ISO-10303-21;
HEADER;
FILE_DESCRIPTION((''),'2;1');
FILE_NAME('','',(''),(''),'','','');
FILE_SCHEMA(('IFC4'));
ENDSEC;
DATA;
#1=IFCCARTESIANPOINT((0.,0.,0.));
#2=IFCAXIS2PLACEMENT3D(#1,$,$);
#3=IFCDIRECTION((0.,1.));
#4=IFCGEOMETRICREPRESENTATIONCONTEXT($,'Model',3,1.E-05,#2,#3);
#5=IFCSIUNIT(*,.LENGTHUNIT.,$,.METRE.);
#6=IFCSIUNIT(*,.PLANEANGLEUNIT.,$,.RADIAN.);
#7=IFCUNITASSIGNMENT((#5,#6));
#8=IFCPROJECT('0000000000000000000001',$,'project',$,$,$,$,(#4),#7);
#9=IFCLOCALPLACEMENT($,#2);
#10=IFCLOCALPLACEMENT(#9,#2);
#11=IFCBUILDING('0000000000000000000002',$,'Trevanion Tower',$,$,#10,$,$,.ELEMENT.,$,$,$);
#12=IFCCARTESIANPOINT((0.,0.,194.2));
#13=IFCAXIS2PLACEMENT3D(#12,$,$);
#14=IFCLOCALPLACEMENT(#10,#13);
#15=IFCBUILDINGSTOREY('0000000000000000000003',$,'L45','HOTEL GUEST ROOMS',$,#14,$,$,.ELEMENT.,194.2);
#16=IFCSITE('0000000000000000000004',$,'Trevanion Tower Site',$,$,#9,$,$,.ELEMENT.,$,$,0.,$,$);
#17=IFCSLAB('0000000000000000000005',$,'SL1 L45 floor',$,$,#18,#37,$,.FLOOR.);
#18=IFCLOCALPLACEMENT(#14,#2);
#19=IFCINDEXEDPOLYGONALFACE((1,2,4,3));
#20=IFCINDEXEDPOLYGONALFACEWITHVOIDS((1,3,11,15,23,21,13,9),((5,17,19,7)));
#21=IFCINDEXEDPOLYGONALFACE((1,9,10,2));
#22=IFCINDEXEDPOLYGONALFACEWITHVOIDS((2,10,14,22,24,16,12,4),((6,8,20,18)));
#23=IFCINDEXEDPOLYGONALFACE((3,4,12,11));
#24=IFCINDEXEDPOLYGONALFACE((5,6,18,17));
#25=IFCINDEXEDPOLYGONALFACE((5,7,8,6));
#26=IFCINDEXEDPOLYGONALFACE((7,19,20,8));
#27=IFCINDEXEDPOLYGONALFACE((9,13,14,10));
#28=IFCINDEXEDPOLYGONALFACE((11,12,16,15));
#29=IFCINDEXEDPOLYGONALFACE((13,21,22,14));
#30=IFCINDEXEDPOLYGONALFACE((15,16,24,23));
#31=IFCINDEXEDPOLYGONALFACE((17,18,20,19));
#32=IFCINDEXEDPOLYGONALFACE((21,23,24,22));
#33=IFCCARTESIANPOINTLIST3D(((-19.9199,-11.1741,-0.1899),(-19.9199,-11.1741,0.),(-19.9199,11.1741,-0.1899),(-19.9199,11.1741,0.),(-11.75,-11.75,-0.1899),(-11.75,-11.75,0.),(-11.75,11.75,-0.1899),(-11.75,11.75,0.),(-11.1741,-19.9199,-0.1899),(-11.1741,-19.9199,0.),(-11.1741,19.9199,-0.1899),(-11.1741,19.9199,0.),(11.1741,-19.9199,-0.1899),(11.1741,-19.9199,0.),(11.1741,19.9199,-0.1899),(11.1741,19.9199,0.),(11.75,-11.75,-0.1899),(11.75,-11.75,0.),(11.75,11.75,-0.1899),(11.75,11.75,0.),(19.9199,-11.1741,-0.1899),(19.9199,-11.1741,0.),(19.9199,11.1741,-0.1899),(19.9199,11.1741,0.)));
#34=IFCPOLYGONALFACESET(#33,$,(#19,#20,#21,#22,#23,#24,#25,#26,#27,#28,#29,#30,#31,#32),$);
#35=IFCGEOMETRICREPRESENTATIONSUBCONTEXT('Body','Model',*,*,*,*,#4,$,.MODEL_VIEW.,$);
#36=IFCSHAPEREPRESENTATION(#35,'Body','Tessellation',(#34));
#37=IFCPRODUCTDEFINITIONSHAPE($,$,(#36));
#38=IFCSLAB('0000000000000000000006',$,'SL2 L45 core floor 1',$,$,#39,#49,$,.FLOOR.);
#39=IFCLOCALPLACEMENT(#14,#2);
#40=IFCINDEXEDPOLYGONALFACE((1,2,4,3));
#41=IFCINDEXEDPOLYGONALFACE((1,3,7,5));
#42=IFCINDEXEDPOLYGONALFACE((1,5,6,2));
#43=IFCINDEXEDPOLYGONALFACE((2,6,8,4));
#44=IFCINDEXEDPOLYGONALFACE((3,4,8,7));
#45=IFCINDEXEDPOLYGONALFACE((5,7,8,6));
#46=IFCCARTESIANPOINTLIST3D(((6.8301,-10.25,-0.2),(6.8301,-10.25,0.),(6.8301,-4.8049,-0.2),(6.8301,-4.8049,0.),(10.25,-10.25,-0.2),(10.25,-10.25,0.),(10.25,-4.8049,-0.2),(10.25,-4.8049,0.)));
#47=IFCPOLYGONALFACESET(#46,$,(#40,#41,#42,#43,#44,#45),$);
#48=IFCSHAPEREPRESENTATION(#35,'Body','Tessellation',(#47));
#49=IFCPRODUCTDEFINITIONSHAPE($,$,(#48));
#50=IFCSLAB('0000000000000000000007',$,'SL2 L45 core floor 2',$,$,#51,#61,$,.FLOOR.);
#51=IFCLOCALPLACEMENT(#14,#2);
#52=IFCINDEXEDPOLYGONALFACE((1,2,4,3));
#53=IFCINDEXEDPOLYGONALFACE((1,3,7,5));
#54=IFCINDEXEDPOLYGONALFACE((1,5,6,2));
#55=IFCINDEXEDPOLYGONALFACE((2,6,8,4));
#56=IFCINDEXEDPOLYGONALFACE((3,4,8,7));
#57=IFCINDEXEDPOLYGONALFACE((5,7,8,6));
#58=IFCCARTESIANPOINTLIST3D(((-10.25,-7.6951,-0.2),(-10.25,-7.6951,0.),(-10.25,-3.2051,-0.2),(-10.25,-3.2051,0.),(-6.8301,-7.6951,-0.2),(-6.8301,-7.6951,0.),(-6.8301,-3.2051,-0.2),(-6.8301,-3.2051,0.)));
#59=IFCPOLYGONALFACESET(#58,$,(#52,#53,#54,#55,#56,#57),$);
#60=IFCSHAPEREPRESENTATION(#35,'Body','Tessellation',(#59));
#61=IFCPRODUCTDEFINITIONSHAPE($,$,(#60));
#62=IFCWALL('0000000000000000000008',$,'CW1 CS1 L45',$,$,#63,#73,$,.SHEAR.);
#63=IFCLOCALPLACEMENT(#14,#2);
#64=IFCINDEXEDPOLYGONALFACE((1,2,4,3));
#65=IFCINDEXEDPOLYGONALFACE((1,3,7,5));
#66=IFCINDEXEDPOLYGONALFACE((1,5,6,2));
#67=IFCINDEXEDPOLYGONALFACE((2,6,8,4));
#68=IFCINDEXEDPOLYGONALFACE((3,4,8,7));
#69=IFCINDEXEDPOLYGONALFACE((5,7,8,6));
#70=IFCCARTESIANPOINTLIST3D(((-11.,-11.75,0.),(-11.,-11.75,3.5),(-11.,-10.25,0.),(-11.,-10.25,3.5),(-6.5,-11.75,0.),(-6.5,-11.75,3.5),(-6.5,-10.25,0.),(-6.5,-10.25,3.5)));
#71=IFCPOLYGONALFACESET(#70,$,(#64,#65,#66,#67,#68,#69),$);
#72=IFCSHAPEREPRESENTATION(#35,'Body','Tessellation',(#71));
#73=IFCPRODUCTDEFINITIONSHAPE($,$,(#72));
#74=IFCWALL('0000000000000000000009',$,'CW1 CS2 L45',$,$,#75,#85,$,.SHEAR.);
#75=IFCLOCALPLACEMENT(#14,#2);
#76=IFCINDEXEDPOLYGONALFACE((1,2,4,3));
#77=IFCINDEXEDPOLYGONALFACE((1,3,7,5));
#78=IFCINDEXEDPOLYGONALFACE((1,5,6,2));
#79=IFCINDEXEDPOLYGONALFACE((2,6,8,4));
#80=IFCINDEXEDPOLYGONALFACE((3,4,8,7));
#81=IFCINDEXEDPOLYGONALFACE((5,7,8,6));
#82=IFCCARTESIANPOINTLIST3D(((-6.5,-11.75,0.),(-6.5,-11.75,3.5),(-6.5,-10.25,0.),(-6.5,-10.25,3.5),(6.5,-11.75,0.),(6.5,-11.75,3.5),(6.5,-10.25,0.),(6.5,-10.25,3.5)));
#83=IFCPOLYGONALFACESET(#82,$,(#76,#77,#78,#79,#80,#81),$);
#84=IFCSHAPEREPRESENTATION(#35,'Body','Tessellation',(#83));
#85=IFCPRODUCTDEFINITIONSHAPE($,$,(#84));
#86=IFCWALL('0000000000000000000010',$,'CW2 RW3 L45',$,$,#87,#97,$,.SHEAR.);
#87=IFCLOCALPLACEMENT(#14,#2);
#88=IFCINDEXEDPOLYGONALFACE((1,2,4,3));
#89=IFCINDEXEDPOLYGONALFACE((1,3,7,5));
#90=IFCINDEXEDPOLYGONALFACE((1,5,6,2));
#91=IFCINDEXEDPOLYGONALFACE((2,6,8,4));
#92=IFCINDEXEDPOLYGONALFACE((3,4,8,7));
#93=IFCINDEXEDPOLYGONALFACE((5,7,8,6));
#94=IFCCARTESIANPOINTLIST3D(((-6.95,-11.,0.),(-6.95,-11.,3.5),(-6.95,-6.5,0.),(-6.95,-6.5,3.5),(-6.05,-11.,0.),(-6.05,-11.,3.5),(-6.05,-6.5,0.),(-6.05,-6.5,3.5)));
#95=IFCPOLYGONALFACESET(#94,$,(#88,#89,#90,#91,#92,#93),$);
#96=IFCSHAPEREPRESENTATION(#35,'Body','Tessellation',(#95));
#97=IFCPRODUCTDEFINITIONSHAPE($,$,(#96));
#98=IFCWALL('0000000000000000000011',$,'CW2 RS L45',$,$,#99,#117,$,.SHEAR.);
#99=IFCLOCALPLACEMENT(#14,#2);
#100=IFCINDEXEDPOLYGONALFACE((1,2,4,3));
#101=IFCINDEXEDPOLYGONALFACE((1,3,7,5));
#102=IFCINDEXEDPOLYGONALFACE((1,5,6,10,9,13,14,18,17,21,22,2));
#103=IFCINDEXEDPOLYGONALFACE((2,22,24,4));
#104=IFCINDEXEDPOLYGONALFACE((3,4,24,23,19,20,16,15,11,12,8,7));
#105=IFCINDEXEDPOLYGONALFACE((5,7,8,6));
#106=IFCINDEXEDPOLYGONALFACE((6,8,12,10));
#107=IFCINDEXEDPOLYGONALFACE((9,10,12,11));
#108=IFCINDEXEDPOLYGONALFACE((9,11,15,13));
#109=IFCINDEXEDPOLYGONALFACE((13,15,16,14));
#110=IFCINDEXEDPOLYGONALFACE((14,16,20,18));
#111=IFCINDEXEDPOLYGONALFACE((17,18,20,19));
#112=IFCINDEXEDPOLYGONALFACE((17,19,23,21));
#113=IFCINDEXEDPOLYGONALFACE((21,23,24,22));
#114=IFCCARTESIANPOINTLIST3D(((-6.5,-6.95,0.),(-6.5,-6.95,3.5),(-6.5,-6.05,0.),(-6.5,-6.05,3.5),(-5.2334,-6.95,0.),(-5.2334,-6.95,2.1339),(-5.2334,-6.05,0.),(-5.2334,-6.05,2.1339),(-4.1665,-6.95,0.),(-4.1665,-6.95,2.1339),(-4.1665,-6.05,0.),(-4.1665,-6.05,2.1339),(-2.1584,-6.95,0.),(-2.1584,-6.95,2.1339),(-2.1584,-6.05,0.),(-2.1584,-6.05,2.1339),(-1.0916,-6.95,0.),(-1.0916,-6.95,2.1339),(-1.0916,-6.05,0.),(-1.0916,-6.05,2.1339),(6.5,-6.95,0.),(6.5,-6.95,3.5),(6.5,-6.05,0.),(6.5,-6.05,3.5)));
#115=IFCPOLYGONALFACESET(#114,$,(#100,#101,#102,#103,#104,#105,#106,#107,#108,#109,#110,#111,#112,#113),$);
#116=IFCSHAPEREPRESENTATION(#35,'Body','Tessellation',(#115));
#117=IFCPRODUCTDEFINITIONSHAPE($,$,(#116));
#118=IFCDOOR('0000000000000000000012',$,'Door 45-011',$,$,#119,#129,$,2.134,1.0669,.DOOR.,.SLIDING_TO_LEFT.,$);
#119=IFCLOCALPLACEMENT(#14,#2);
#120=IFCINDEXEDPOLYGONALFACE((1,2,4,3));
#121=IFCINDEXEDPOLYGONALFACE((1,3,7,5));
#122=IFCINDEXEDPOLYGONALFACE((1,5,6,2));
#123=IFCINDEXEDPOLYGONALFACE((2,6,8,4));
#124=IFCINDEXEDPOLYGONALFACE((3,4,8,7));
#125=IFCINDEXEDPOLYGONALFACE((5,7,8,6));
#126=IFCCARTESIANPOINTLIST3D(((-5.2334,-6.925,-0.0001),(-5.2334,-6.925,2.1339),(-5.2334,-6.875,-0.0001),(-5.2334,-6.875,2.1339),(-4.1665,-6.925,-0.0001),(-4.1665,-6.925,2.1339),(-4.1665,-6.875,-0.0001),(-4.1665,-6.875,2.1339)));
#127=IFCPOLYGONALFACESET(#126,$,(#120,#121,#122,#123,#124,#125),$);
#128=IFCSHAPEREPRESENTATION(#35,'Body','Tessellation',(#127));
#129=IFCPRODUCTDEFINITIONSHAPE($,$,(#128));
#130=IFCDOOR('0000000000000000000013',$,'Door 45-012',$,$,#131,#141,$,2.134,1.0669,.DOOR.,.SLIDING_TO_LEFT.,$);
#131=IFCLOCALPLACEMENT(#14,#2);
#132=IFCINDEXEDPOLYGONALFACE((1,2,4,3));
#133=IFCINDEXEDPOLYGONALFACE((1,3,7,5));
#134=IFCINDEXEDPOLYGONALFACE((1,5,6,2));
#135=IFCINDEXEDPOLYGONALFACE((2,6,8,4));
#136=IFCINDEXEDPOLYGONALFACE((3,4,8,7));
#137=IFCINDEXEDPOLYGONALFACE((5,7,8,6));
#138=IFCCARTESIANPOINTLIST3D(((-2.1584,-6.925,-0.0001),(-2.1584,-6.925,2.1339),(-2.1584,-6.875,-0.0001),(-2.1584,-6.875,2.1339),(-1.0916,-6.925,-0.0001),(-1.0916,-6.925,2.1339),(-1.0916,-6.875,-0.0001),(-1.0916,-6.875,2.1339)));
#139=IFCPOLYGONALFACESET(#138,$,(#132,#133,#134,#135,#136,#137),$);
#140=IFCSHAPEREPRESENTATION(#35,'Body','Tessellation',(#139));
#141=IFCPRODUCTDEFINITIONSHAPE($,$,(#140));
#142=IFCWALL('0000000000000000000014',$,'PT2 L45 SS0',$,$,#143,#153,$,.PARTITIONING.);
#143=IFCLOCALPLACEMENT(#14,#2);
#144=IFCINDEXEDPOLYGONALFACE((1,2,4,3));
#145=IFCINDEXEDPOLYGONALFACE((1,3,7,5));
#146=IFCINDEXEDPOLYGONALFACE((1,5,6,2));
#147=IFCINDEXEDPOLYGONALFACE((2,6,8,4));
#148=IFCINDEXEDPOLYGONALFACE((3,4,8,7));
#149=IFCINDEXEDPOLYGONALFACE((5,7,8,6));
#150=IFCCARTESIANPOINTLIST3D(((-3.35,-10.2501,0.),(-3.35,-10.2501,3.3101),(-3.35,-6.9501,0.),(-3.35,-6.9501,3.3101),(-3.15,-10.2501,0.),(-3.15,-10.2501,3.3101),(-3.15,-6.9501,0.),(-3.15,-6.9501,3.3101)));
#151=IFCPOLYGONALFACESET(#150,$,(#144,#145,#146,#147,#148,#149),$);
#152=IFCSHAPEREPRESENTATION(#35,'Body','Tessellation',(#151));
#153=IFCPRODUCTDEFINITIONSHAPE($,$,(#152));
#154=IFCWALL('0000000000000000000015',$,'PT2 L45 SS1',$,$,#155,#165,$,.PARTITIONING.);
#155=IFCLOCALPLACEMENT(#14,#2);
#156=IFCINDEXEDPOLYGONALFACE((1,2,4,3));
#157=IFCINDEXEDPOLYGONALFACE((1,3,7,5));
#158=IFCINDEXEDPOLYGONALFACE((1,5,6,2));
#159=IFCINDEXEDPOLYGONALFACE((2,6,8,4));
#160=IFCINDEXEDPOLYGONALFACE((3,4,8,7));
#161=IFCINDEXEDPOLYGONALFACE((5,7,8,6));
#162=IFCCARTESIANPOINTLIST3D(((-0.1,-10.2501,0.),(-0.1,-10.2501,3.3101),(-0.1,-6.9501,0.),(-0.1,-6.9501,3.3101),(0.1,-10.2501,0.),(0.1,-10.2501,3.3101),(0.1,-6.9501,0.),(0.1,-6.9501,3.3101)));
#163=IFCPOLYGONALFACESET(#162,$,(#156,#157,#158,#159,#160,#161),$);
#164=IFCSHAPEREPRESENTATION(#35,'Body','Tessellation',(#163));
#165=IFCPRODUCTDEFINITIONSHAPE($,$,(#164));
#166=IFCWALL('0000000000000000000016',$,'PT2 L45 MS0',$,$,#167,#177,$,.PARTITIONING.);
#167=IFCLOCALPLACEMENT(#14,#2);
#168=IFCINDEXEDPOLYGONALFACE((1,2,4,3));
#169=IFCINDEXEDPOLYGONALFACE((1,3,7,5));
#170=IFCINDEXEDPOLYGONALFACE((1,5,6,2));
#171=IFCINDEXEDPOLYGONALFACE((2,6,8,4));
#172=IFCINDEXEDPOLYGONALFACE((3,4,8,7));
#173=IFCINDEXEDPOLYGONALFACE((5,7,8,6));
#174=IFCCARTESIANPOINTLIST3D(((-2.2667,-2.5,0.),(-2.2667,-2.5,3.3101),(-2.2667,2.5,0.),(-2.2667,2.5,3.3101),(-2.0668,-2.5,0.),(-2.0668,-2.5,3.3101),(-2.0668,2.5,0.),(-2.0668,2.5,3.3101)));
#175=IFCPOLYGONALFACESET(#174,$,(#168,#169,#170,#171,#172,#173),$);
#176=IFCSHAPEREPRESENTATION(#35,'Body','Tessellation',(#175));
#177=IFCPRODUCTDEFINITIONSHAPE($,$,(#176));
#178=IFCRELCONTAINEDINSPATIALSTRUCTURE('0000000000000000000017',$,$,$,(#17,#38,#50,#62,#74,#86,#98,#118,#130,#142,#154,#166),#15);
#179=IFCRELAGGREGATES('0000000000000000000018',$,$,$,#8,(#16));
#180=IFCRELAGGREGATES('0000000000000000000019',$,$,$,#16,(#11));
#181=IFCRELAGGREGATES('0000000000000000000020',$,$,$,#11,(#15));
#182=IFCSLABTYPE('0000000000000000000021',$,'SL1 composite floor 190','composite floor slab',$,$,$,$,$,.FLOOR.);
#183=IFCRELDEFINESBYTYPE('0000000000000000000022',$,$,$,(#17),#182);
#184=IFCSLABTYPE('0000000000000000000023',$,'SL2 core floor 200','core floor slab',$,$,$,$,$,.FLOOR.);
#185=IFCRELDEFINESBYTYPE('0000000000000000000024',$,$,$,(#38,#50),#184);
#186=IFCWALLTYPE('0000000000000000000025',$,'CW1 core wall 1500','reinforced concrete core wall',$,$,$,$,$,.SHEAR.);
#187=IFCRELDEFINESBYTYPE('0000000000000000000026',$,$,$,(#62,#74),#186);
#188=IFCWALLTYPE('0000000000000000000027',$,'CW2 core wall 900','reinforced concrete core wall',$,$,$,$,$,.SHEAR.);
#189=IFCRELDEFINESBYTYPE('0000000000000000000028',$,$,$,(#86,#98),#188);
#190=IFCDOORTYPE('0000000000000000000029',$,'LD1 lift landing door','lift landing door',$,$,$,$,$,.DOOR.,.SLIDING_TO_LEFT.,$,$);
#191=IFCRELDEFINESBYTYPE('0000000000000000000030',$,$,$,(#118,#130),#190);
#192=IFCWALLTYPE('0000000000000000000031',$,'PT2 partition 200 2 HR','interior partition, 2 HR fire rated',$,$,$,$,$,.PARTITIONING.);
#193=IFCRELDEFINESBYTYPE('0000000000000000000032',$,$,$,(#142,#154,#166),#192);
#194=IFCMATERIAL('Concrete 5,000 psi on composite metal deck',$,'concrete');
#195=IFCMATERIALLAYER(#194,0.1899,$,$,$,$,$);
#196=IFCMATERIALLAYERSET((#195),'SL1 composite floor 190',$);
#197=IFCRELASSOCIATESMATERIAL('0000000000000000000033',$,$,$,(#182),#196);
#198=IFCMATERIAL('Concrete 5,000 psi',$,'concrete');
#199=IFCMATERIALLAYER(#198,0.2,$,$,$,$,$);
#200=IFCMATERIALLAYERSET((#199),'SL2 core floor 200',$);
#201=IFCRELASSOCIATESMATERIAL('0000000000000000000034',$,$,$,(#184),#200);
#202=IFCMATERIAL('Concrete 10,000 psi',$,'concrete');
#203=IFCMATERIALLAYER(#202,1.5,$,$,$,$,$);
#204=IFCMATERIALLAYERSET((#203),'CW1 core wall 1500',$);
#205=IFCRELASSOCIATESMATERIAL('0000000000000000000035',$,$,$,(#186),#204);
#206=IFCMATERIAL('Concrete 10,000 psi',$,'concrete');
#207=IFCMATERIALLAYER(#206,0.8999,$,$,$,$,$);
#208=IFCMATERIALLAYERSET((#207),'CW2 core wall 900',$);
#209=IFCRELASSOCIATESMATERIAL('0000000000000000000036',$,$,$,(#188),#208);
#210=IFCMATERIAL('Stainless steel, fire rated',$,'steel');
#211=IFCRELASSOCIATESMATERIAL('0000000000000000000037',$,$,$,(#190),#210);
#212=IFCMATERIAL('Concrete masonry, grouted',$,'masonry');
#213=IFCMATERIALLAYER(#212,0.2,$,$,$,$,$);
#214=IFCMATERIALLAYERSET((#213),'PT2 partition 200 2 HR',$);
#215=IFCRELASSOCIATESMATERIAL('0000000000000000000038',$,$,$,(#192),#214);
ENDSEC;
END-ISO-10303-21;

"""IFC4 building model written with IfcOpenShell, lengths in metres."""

from ifc_helpers import new_model, si_unit, direction, frame, frame_2d, origin, place, context, subcontext, project, spatial, polyline, rectangle, outline, extrude, material, layer, layer_set, type_object, element, fill, save


model = new_model("IFC4")

# Units and contexts
model_context = context("Model", 3, precision=1e-05, world=origin(), true_north=direction((0.0, 1.0)))
body_context = subcontext(model_context, "Body", "Model", "MODEL_VIEW")
ifc_project = project(units=[si_unit("LENGTHUNIT", "METRE"), si_unit("PLANEANGLEUNIT", "RADIAN")], contexts=[model_context])

# Site, building, storey
site_placement = place(None, origin())
site = spatial("IfcSite", under=ifc_project, at=site_placement, Name="Trevanion Tower Site", CompositionType="ELEMENT", RefElevation=0.0)
building_placement = place(site_placement, origin())
building = spatial("IfcBuilding", under=site, at=building_placement, Name="Trevanion Tower", CompositionType="ELEMENT")
storey_placement = place(building_placement, frame((0.0, 0.0, 194.2)))
storey = spatial("IfcBuildingStorey", under=building, at=storey_placement, Name="L45", Description="HOTEL GUEST ROOMS", CompositionType="ELEMENT", Elevation=194.2)

# Slabs
ifc_material_1 = material(Name="Concrete 5,000 psi on composite metal deck", Category="concrete")
ifc_layer_1 = layer(ifc_material_1, 0.1899)
ifc_layer_set_1 = layer_set([ifc_layer_1], Name="SL1 composite floor 190")
slab_type_1 = type_object("IfcSlabType", Name="SL1 composite floor 190", Description="composite floor slab", PredefinedType="FLOOR", material=ifc_layer_set_1)
slab_1_placement = place(storey_placement, frame((0.0, 0.0, -0.1899)))
element("IfcSlab", 1, at=slab_1_placement, inside=storey, type_object=slab_type_1, Name="SL1 L45 floor", PredefinedType="FLOOR", context=body_context, shape_type="SweptSolid", body=[
    extrude(outline(polyline([(19.9199, -11.1741), (19.9199, 11.1741), (11.1741, 19.9199), (-11.1741, 19.9199), (-19.9199, 11.1741), (-19.9199, -11.1741), (-11.1741, -19.9199), (11.1741, -19.9199), (19.9199, -11.1741)]), holes=[polyline([(11.75, -11.75), (11.75, 11.75), (-11.75, 11.75), (-11.75, -11.75), (11.75, -11.75)])]), origin(), (0.0, 0.0, 1.0), 0.1899),
])
ifc_material_2 = material(Name="Concrete 5,000 psi", Category="concrete")
ifc_layer_2 = layer(ifc_material_2, 0.2)
ifc_layer_set_2 = layer_set([ifc_layer_2], Name="SL2 core floor 200")
slab_type_2 = type_object("IfcSlabType", Name="SL2 core floor 200", Description="core floor slab", PredefinedType="FLOOR", material=ifc_layer_set_2)
slab_2_placement = place(storey_placement, frame((0.0, 0.0, -0.2)))
element("IfcSlab", 2, at=slab_2_placement, inside=storey, type_object=slab_type_2, Name="SL2 L45 core floor 1", PredefinedType="FLOOR", context=body_context, shape_type="SweptSolid", body=[
    extrude(outline(polyline([(10.25, -4.8049), (10.25, -10.25), (6.8301, -10.25), (6.8301, -4.8049), (10.25, -4.8049)])), origin(), (0.0, 0.0, 1.0), 0.2),
])
slab_3_placement = place(storey_placement, frame((0.0, 0.0, -0.2)))
element("IfcSlab", 3, at=slab_3_placement, inside=storey, type_object=slab_type_2, Name="SL2 L45 core floor 2", PredefinedType="FLOOR", context=body_context, shape_type="SweptSolid", body=[
    extrude(outline(polyline([(-6.8301, -3.2051), (-6.8301, -7.6951), (-10.25, -7.6951), (-10.25, -3.2051), (-6.8301, -3.2051)])), origin(), (0.0, 0.0, 1.0), 0.2),
])

# Walls
ifc_material_3 = material(Name="Concrete 10,000 psi", Category="concrete")
ifc_layer_3 = layer(ifc_material_3, 1.5)
ifc_layer_set_3 = layer_set([ifc_layer_3], Name="CW1 core wall 1500")
wall_type_1 = type_object("IfcWallType", Name="CW1 core wall 1500", Description="reinforced concrete core wall", PredefinedType="SHEAR", material=ifc_layer_set_3)
wall_1_placement = place(storey_placement, frame((-11.0, -11.0, 0.0), z_axis=(0.0, 0.0, 1.0), x_axis=(1.0, 0.0, 0.0)))
element("IfcWall", 4, at=wall_1_placement, inside=storey, type_object=wall_type_1, Name="CW1 CS1 L45", PredefinedType="SHEAR", context=body_context, shape_type="SweptSolid", body=[
    extrude(rectangle(XDim=4.5, YDim=1.5, at=frame_2d((2.25, 0.0))), origin(), (0.0, 0.0, 1.0), 3.5),
])
wall_2_placement = place(storey_placement, frame((-6.5, -11.0, 0.0), z_axis=(0.0, 0.0, 1.0), x_axis=(1.0, 0.0, 0.0)))
element("IfcWall", 5, at=wall_2_placement, inside=storey, type_object=wall_type_1, Name="CW1 CS2 L45", PredefinedType="SHEAR", context=body_context, shape_type="SweptSolid", body=[
    extrude(rectangle(XDim=13.0, YDim=1.5, at=frame_2d((6.5, 0.0))), origin(), (0.0, 0.0, 1.0), 3.5),
])
ifc_material_4 = material(Name="Concrete 10,000 psi", Category="concrete")
ifc_layer_4 = layer(ifc_material_4, 0.8999)
ifc_layer_set_4 = layer_set([ifc_layer_4], Name="CW2 core wall 900")
wall_type_2 = type_object("IfcWallType", Name="CW2 core wall 900", Description="reinforced concrete core wall", PredefinedType="SHEAR", material=ifc_layer_set_4)
wall_3_placement = place(storey_placement, frame((-6.5, -6.5, 0.0), z_axis=(0.0, 0.0, 1.0), x_axis=(0.0, -1.0, 0.0)))
element("IfcWall", 6, at=wall_3_placement, inside=storey, type_object=wall_type_2, Name="CW2 RW3 L45", PredefinedType="SHEAR", context=body_context, shape_type="SweptSolid", body=[
    extrude(rectangle(XDim=4.5, YDim=0.8999, at=frame_2d((2.25, 0.0))), origin(), (0.0, 0.0, 1.0), 3.5),
])

# Wall, openings, doors
wall_4_placement = place(storey_placement, frame((-6.5, -6.5, 0.0), z_axis=(0.0, 0.0, 1.0), x_axis=(1.0, 0.0, 0.0)))
wall_4 = element("IfcWall", 7, at=wall_4_placement, inside=storey, type_object=wall_type_2, Name="CW2 RS L45", PredefinedType="SHEAR", context=body_context, shape_type="SweptSolid", body=[
    extrude(rectangle(XDim=13.0, YDim=0.8999, at=frame_2d((6.5, 0.0))), origin(), (0.0, 0.0, 1.0), 3.5),
])
opening_1_placement = place(wall_4_placement, frame((1.2666, 0.0, 0.0)))
opening_1 = element("IfcOpeningElement", 8, at=opening_1_placement, cuts=wall_4, PredefinedType="OPENING", context=body_context, shape_type="SweptSolid", body=[
    extrude(rectangle(XDim=1.0669, YDim=2.134, at=frame_2d((0.5334, 1.0669))), frame((0.0, 0.46, 0.0), z_axis=(0.0, -1.0, 0.0), x_axis=(1.0, 0.0, 0.0)), (0.0, 0.0, 1.0), 0.9199),
])
opening_2_placement = place(wall_4_placement, frame((4.3416, 0.0, 0.0)))
opening_2 = element("IfcOpeningElement", 9, at=opening_2_placement, cuts=wall_4, PredefinedType="OPENING", context=body_context, shape_type="SweptSolid", body=[
    extrude(rectangle(XDim=1.0669, YDim=2.134, at=frame_2d((0.5334, 1.0669))), frame((0.0, 0.46, 0.0), z_axis=(0.0, -1.0, 0.0), x_axis=(1.0, 0.0, 0.0)), (0.0, 0.0, 1.0), 0.9199),
])
ifc_material_5 = material(Name="Stainless steel, fire rated", Category="steel")
door_type_1 = type_object("IfcDoorType", Name="LD1 lift landing door", Description="lift landing door", OperationType="SLIDING_TO_LEFT", PredefinedType="DOOR", material=ifc_material_5)
door_1_placement = place(opening_1_placement, origin())
door_1 = element("IfcDoor", 10, at=door_1_placement, inside=storey, type_object=door_type_1, Name="Door 45-011", OperationType="SLIDING_TO_LEFT", OverallHeight=2.134, OverallWidth=1.0669, PredefinedType="DOOR", context=body_context, shape_type="SweptSolid", body=[
    extrude(rectangle(XDim=1.0669, YDim=2.134, at=frame_2d((0.5334, 1.0669))), frame((0.0, -0.375, 0.0), z_axis=(0.0, -1.0, 0.0), x_axis=(1.0, 0.0, 0.0)), (0.0, 0.0, 1.0), 0.05),
])
fill(opening_1, door_1)
door_2_placement = place(opening_2_placement, origin())
door_2 = element("IfcDoor", 11, at=door_2_placement, inside=storey, type_object=door_type_1, Name="Door 45-012", OperationType="SLIDING_TO_LEFT", OverallHeight=2.134, OverallWidth=1.0669, PredefinedType="DOOR", context=body_context, shape_type="SweptSolid", body=[
    extrude(rectangle(XDim=1.0669, YDim=2.134, at=frame_2d((0.5334, 1.0669))), frame((0.0, -0.375, 0.0), z_axis=(0.0, -1.0, 0.0), x_axis=(1.0, 0.0, 0.0)), (0.0, 0.0, 1.0), 0.05),
])
fill(opening_2, door_2)

# Walls
ifc_material_6 = material(Name="Concrete masonry, grouted", Category="masonry")
ifc_layer_5 = layer(ifc_material_6, 0.2)
ifc_layer_set_5 = layer_set([ifc_layer_5], Name="PT2 partition 200 2 HR")
wall_type_3 = type_object("IfcWallType", Name="PT2 partition 200 2 HR", Description="interior partition, 2 HR fire rated", PredefinedType="PARTITIONING", material=ifc_layer_set_5)
for number, where, z_axis, x_axis, name in (
    (12, (-3.25, -10.25, 0.0), (0.0, 0.0, 1.0), (0.0, 1.0, 0.0), "PT2 L45 SS0"),
    (13, (0.0, -10.25, 0.0), (0.0, 0.0, 1.0), (0.0, 1.0, 0.0), "PT2 L45 SS1"),
):
    element("IfcWall", number, at=place(storey_placement, frame(where, z_axis=z_axis, x_axis=x_axis)), inside=storey, type_object=wall_type_3, Name=name, PredefinedType="PARTITIONING", context=body_context, shape_type="SweptSolid", body=[
        extrude(rectangle(XDim=3.3, YDim=0.2, at=frame_2d((1.6499, 0.0))), origin(), (0.0, 0.0, 1.0), 3.3101),
    ])
wall_5_placement = place(storey_placement, frame((-2.1667, -2.5, 0.0), z_axis=(0.0, 0.0, 1.0), x_axis=(0.0, 1.0, 0.0)))
element("IfcWall", 14, at=wall_5_placement, inside=storey, type_object=wall_type_3, Name="PT2 L45 MS0", PredefinedType="PARTITIONING", context=body_context, shape_type="SweptSolid", body=[
    extrude(rectangle(XDim=5.0, YDim=0.2, at=frame_2d((2.5, 0.0))), origin(), (0.0, 0.0, 1.0), 3.3101),
])

save(model, "model.ifc")
